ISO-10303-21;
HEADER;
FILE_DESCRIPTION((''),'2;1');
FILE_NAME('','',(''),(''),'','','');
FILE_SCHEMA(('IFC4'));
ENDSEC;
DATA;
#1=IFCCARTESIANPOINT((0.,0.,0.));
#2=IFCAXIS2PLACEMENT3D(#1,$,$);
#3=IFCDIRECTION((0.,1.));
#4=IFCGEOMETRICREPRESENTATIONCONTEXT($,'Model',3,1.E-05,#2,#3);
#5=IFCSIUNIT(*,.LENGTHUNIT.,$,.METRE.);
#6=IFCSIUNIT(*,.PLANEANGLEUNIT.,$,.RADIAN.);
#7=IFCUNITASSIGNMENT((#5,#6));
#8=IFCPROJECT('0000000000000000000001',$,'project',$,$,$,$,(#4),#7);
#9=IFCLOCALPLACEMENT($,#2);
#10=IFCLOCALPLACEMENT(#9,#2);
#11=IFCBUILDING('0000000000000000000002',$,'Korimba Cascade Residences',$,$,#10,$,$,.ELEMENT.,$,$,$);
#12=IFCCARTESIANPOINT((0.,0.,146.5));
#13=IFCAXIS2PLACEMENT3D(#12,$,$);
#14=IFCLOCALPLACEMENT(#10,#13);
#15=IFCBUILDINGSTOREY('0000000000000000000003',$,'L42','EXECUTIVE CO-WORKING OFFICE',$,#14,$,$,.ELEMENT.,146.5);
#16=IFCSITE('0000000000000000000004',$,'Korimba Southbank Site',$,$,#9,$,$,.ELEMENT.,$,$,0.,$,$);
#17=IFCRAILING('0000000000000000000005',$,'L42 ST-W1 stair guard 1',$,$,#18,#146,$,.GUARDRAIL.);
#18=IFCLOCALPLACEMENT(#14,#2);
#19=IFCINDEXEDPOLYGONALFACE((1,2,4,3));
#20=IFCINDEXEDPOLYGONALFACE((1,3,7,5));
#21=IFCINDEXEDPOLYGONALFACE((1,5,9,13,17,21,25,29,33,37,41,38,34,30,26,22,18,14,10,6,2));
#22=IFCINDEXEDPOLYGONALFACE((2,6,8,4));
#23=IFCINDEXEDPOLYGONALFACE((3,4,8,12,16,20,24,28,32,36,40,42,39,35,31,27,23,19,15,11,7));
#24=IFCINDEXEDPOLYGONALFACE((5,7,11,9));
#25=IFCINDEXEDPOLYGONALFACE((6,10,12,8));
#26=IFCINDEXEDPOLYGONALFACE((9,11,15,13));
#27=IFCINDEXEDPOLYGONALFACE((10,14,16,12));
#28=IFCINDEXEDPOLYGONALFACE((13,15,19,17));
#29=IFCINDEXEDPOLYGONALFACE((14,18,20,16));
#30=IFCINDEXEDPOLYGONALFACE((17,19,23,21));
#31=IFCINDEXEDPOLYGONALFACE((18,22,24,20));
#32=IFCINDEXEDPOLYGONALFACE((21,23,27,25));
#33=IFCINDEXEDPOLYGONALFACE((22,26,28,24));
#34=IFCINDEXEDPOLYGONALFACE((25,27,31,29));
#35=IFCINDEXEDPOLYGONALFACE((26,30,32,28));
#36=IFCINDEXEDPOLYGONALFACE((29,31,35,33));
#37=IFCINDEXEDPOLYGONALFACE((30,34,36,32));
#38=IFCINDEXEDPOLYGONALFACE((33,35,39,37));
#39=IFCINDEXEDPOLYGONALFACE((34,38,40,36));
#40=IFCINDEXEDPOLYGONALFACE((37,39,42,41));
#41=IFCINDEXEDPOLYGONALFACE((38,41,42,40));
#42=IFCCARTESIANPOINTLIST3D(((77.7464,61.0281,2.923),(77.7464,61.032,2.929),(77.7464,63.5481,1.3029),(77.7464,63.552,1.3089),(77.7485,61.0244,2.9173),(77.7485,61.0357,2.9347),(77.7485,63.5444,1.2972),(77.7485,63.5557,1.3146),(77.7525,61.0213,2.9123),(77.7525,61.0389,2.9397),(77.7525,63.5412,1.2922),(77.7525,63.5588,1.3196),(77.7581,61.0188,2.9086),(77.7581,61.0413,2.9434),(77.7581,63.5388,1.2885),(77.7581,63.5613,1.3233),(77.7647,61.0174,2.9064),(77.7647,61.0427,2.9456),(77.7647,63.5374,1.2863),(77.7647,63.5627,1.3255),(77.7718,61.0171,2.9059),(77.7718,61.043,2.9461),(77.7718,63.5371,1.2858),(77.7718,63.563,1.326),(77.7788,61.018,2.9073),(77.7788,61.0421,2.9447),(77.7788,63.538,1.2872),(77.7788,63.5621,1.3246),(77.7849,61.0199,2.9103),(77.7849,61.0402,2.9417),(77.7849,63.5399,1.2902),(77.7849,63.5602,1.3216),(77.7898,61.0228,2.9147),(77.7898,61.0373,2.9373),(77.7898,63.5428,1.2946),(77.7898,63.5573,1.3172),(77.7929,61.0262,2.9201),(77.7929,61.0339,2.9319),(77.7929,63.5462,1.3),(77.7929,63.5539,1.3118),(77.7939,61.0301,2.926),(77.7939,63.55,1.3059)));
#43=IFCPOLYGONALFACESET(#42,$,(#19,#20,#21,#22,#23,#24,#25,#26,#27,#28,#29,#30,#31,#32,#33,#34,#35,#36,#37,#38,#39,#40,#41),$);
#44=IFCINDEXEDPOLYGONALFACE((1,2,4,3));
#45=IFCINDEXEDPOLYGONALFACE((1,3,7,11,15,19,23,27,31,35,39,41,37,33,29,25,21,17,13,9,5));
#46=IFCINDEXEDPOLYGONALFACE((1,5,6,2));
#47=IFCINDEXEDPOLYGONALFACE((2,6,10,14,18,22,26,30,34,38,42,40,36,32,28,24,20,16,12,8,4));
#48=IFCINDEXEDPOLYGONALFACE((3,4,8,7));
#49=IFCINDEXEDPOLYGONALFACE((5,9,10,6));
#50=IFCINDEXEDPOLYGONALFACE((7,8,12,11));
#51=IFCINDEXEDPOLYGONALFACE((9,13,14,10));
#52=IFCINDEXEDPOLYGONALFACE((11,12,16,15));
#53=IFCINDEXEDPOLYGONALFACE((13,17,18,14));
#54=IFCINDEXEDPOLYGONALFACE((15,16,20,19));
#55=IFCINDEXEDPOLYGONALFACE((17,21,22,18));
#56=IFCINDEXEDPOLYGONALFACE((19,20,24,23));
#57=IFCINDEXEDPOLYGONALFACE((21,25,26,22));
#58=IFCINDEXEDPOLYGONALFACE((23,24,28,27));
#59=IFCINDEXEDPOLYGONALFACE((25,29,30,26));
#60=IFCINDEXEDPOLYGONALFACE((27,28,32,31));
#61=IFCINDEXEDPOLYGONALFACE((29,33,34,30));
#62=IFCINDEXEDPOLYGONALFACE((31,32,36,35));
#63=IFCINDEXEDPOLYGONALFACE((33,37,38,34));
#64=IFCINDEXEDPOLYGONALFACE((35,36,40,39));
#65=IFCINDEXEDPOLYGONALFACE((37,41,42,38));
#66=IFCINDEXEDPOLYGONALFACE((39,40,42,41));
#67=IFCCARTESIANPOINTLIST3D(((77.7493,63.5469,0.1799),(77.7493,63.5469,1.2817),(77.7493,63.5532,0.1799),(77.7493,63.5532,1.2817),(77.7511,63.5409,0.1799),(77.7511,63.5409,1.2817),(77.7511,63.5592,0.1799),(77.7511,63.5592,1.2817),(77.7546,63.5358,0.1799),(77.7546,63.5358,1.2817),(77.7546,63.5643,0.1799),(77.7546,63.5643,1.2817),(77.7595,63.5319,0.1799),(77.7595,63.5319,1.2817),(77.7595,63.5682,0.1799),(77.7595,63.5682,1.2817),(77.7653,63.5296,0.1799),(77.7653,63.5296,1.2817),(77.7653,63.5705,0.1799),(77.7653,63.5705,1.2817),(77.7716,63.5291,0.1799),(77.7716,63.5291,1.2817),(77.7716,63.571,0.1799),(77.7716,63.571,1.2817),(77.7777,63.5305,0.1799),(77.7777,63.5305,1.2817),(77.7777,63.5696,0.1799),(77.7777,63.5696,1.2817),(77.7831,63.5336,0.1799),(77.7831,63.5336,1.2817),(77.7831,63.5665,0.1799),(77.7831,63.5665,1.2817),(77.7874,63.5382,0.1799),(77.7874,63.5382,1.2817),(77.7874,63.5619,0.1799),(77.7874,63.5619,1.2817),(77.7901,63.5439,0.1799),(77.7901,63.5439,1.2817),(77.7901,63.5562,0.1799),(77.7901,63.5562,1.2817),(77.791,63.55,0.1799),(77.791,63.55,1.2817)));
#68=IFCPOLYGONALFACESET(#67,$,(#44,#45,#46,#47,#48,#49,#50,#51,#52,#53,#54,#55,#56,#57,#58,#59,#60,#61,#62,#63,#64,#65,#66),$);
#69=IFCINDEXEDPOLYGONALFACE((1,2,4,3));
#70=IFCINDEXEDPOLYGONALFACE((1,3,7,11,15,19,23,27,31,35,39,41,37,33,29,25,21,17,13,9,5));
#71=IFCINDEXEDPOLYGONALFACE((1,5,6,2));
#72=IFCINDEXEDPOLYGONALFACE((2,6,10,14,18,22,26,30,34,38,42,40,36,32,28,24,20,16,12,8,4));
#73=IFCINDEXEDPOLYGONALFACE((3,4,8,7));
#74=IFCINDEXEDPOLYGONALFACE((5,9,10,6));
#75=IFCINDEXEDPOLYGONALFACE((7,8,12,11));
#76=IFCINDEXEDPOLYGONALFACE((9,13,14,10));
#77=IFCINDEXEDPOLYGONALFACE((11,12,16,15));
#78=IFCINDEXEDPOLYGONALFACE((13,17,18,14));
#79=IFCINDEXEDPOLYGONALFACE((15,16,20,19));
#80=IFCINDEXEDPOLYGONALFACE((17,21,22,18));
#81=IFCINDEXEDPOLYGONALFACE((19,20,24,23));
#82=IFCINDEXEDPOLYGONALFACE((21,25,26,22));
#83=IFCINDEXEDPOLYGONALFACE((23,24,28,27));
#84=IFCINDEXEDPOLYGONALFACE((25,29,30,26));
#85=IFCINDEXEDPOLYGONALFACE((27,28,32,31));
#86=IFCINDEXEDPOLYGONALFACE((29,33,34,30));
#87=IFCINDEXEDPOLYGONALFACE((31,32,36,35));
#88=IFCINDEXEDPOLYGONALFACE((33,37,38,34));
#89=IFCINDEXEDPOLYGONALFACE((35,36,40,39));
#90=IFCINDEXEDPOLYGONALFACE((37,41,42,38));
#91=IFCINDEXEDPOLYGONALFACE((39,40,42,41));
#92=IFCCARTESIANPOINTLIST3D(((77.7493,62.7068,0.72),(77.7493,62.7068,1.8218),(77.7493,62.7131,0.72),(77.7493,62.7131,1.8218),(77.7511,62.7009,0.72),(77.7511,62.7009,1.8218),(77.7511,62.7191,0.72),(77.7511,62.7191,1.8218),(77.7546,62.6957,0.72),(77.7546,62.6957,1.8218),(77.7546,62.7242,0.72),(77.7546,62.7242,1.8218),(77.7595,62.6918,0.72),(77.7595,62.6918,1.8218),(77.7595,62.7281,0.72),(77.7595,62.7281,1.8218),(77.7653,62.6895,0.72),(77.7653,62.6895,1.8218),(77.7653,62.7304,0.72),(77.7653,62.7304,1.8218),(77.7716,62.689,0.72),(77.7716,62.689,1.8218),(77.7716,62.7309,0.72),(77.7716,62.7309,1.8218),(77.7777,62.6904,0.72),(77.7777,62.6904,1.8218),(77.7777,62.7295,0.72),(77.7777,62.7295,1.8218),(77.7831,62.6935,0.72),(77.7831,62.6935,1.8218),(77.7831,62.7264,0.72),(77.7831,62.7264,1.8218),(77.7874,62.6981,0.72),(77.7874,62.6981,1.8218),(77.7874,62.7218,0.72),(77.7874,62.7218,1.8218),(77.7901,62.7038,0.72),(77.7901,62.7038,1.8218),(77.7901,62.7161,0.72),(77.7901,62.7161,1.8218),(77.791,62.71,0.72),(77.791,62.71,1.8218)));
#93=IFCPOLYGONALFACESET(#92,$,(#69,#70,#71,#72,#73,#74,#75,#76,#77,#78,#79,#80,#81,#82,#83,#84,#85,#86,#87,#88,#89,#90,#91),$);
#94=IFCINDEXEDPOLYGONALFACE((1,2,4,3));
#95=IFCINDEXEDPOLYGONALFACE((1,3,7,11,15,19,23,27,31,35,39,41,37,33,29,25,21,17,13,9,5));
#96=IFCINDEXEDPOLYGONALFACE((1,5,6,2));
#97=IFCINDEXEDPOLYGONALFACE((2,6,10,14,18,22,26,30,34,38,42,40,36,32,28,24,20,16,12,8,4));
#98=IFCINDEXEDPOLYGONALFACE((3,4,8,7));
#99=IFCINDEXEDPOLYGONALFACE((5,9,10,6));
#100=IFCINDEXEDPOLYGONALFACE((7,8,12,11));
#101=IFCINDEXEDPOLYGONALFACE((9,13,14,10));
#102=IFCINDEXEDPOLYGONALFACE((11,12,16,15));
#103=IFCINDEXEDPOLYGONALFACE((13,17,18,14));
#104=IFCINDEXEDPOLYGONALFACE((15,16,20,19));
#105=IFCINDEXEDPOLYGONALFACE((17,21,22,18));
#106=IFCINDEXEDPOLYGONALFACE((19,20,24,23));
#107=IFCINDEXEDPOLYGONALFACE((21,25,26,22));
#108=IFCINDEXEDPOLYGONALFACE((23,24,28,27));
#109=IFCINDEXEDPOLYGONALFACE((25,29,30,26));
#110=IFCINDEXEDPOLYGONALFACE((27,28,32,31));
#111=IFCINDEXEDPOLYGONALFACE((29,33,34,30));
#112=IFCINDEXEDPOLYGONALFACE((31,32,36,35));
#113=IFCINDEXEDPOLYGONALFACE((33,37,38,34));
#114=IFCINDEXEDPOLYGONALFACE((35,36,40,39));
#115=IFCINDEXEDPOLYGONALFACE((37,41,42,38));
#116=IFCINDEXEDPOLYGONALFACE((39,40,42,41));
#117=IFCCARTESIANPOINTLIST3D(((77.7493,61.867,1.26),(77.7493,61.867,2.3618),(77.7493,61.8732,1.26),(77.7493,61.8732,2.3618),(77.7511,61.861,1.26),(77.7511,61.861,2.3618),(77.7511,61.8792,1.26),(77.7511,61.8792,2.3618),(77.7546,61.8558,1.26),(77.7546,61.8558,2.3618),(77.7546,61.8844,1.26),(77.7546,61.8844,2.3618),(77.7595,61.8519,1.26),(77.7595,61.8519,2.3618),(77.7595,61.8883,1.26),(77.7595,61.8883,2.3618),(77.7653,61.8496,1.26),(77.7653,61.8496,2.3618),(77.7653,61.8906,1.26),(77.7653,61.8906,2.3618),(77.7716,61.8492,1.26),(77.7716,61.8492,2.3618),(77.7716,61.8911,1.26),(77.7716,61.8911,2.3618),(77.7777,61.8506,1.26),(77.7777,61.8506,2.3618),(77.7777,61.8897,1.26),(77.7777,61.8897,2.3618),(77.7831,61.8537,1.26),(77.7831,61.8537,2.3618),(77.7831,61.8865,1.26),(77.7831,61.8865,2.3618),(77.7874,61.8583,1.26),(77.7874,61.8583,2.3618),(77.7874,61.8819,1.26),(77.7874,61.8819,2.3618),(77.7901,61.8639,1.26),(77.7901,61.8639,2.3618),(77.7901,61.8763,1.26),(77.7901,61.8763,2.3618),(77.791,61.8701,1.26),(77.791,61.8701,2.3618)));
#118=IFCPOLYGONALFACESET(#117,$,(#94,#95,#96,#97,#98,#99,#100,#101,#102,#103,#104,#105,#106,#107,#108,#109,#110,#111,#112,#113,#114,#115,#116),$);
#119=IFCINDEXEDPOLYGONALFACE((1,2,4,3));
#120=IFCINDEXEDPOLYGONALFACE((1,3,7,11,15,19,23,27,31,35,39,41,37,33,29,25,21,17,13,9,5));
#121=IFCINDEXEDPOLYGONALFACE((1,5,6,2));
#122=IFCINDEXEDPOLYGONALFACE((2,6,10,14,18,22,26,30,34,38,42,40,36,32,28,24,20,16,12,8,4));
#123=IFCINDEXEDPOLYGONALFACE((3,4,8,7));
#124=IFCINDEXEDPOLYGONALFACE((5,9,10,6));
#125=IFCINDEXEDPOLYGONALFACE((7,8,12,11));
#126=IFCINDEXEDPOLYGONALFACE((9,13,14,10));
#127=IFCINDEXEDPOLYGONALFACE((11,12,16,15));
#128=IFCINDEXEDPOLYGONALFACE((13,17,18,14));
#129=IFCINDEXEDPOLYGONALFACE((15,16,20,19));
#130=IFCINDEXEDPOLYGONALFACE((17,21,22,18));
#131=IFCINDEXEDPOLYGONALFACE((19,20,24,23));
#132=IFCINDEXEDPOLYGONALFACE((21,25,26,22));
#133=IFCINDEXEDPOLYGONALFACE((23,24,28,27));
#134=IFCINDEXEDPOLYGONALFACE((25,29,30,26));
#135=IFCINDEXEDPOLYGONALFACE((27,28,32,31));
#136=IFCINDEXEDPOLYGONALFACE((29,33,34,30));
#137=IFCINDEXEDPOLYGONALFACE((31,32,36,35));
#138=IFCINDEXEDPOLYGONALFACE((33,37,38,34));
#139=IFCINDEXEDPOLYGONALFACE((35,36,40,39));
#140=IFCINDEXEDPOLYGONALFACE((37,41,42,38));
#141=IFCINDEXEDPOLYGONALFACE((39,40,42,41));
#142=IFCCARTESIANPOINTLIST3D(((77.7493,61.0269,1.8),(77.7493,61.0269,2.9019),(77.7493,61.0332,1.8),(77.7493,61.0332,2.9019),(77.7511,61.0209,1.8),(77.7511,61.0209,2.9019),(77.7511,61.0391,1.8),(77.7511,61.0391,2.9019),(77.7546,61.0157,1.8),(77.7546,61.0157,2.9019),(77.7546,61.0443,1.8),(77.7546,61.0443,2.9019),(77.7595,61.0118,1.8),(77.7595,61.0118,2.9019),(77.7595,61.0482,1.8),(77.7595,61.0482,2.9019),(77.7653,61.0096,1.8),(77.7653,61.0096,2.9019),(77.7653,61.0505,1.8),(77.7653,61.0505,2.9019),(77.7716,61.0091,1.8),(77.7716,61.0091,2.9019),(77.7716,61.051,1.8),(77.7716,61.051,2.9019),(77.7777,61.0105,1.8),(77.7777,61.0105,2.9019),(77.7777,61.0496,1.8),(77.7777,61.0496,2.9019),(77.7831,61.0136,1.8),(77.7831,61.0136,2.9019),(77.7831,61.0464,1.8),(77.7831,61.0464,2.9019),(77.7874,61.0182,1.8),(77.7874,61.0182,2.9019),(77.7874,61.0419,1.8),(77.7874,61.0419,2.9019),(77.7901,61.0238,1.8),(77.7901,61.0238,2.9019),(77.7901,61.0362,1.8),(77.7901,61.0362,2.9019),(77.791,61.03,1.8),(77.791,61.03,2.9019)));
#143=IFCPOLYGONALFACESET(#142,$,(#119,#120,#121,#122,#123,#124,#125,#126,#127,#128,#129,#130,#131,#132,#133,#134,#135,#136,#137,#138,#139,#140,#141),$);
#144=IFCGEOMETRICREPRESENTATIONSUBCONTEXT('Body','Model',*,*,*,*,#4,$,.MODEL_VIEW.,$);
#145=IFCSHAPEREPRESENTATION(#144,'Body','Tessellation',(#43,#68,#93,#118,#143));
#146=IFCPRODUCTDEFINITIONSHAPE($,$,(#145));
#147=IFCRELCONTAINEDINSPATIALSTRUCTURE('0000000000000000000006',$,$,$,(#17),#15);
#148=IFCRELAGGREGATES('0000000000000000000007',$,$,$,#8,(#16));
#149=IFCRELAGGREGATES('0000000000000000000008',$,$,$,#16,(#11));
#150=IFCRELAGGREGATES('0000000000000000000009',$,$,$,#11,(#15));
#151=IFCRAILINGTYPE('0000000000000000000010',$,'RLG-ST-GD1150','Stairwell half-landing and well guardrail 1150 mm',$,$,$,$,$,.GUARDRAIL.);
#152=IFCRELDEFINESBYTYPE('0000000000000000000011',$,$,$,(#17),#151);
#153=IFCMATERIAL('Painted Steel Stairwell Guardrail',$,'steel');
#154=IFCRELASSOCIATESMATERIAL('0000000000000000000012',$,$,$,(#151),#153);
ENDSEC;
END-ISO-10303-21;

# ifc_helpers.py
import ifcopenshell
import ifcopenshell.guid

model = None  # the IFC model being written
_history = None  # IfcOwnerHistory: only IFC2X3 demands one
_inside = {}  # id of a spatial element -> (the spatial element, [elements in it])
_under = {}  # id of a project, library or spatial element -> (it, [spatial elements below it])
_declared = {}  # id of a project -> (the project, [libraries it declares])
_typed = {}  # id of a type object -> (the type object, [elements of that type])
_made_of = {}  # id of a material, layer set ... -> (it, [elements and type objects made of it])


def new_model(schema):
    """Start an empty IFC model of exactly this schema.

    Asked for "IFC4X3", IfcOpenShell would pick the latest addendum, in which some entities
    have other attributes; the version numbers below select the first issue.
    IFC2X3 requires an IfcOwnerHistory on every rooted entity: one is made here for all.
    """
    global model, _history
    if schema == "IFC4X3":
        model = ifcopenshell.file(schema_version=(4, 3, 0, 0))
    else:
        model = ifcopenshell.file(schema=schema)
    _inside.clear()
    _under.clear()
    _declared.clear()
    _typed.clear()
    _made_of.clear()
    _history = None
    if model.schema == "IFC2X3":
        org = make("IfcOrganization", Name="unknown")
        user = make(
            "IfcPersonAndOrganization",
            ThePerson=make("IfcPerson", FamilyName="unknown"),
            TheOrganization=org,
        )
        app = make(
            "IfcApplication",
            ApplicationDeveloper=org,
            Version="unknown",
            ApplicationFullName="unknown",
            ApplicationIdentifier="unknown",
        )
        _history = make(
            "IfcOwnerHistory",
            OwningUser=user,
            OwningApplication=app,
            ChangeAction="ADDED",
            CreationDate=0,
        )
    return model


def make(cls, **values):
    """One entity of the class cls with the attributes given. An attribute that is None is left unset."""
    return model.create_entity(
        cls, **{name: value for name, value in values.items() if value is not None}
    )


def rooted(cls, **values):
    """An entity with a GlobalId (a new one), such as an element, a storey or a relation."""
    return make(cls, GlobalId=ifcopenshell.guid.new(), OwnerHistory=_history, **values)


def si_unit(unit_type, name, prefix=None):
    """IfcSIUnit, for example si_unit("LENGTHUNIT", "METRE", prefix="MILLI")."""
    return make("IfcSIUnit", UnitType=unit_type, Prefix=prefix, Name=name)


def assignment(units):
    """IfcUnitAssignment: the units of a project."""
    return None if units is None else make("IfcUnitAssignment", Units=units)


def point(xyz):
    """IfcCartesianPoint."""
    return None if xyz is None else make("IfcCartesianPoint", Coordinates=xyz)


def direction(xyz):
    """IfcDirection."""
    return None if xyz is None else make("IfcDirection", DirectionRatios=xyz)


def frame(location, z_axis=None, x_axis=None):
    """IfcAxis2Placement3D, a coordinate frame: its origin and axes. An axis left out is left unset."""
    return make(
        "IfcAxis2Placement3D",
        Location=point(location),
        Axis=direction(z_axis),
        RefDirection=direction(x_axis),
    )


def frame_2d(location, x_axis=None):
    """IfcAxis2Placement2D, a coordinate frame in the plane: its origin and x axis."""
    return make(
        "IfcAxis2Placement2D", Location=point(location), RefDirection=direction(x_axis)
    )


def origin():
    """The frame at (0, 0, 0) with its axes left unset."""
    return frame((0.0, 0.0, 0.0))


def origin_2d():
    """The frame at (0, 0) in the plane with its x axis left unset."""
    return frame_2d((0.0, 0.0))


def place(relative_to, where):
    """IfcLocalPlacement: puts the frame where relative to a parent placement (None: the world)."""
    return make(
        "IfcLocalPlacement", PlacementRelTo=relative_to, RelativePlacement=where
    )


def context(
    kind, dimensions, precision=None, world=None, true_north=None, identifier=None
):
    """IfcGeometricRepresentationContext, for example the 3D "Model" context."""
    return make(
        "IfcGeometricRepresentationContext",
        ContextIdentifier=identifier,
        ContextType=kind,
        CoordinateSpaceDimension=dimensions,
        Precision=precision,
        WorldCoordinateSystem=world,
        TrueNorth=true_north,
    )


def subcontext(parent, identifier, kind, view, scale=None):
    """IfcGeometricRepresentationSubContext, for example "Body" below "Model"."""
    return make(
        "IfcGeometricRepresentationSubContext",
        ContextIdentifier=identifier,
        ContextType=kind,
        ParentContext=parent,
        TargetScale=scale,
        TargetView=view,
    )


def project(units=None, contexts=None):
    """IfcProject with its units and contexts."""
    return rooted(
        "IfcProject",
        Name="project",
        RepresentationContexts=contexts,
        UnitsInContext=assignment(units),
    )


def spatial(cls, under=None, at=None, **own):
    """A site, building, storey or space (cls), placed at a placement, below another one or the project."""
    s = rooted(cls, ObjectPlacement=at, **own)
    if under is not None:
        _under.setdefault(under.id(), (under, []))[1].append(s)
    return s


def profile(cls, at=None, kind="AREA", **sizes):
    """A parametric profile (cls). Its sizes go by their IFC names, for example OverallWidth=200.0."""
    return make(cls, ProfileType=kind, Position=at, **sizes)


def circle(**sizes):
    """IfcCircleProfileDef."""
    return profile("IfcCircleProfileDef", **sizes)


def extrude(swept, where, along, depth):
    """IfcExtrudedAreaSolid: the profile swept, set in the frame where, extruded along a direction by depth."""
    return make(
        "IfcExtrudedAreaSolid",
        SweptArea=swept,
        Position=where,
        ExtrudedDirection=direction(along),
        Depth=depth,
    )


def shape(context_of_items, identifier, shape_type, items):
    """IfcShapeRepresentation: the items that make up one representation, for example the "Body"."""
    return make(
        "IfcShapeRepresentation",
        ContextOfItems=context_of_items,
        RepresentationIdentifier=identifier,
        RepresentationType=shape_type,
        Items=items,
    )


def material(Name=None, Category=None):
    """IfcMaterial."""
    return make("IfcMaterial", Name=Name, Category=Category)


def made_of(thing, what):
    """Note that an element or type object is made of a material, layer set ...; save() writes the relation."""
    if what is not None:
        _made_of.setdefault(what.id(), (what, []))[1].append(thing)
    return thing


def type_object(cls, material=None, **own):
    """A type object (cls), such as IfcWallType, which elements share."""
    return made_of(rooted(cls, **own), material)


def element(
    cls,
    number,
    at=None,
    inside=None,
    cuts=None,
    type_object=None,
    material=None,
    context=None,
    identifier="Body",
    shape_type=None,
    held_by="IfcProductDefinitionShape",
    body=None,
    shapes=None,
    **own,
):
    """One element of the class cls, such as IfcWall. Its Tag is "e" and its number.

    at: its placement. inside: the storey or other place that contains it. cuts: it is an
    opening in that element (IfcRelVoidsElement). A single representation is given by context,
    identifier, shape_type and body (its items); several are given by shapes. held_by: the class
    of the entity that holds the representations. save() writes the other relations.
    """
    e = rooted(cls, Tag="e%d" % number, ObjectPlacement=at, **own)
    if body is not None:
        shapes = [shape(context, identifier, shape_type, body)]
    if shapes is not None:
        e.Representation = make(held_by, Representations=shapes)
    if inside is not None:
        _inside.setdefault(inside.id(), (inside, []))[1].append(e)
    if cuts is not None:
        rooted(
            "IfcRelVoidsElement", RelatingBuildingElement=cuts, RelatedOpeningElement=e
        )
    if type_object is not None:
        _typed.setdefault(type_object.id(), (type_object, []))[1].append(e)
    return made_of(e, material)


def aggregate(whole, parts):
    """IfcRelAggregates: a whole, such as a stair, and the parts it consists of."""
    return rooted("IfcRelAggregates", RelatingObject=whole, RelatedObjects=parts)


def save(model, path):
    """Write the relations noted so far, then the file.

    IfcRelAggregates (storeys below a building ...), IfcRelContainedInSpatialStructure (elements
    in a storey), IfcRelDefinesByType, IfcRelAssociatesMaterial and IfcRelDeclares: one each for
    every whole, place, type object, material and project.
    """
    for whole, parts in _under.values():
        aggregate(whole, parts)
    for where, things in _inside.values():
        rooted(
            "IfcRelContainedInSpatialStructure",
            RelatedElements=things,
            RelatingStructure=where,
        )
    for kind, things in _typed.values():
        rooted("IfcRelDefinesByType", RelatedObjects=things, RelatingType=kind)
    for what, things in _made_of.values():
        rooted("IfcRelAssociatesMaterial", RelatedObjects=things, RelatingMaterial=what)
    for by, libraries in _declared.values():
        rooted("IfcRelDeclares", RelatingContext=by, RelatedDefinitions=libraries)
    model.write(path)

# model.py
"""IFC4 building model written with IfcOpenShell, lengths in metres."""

from ifc_helpers import new_model, si_unit, direction, frame, origin, origin_2d, place, context, subcontext, project, spatial, circle, extrude, material, type_object, element, save


model = new_model("IFC4")

# Units and contexts
model_context = context("Model", 3, precision=1e-05, world=origin(), true_north=direction((0.0, 1.0)))
body_context = subcontext(model_context, "Body", "Model", "MODEL_VIEW")
ifc_project = project(units=[si_unit("LENGTHUNIT", "METRE"), si_unit("PLANEANGLEUNIT", "RADIAN")], contexts=[model_context])

# Site, building, storey
site_placement = place(None, origin())
site = spatial("IfcSite", under=ifc_project, at=site_placement, Name="Korimba Southbank Site", CompositionType="ELEMENT", RefElevation=0.0)
building_placement = place(site_placement, origin())
building = spatial("IfcBuilding", under=site, at=building_placement, Name="Korimba Cascade Residences", CompositionType="ELEMENT")
storey_placement = place(building_placement, frame((0.0, 0.0, 146.5)))
storey = spatial("IfcBuildingStorey", under=building, at=storey_placement, Name="L42", Description="EXECUTIVE CO-WORKING OFFICE", CompositionType="ELEMENT", Elevation=146.5)

# Railing
ifc_material_1 = material(Name="Painted Steel Stairwell Guardrail", Category="steel")
railing_type = type_object("IfcRailingType", Name="RLG-ST-GD1150", Description="Stairwell half-landing and well guardrail 1150 mm", PredefinedType="GUARDRAIL", material=ifc_material_1)
railing_1_placement = place(storey_placement, frame((77.77, 63.55, 0.1799)))
element("IfcRailing", 1, at=railing_1_placement, inside=storey, type_object=railing_type, Name="L42 ST-W1 stair guard 1", PredefinedType="GUARDRAIL", context=body_context, shape_type="SweptSolid", body=[
    extrude(circle(Radius=0.0239, at=origin_2d()), frame((0.0, 0.0, 1.126), z_axis=(0.0, -0.841163, 0.540782), x_axis=(1.0, 0.0, 0.0)), (0.0, 0.0, 1.0), 2.9958),
    extrude(circle(Radius=0.021, at=origin_2d()), origin(), (0.0, 0.0, 1.0), 1.1018),
    extrude(circle(Radius=0.021, at=origin_2d()), frame((0.0, -0.8401, 0.54)), (0.0, 0.0, 1.0), 1.1018),
    extrude(circle(Radius=0.021, at=origin_2d()), frame((0.0, -1.6799, 1.0801)), (0.0, 0.0, 1.0), 1.1018),
    extrude(circle(Radius=0.021, at=origin_2d()), frame((0.0, -2.52, 1.6201)), (0.0, 0.0, 1.0), 1.1018),
])

save(model, "model.ifc")
